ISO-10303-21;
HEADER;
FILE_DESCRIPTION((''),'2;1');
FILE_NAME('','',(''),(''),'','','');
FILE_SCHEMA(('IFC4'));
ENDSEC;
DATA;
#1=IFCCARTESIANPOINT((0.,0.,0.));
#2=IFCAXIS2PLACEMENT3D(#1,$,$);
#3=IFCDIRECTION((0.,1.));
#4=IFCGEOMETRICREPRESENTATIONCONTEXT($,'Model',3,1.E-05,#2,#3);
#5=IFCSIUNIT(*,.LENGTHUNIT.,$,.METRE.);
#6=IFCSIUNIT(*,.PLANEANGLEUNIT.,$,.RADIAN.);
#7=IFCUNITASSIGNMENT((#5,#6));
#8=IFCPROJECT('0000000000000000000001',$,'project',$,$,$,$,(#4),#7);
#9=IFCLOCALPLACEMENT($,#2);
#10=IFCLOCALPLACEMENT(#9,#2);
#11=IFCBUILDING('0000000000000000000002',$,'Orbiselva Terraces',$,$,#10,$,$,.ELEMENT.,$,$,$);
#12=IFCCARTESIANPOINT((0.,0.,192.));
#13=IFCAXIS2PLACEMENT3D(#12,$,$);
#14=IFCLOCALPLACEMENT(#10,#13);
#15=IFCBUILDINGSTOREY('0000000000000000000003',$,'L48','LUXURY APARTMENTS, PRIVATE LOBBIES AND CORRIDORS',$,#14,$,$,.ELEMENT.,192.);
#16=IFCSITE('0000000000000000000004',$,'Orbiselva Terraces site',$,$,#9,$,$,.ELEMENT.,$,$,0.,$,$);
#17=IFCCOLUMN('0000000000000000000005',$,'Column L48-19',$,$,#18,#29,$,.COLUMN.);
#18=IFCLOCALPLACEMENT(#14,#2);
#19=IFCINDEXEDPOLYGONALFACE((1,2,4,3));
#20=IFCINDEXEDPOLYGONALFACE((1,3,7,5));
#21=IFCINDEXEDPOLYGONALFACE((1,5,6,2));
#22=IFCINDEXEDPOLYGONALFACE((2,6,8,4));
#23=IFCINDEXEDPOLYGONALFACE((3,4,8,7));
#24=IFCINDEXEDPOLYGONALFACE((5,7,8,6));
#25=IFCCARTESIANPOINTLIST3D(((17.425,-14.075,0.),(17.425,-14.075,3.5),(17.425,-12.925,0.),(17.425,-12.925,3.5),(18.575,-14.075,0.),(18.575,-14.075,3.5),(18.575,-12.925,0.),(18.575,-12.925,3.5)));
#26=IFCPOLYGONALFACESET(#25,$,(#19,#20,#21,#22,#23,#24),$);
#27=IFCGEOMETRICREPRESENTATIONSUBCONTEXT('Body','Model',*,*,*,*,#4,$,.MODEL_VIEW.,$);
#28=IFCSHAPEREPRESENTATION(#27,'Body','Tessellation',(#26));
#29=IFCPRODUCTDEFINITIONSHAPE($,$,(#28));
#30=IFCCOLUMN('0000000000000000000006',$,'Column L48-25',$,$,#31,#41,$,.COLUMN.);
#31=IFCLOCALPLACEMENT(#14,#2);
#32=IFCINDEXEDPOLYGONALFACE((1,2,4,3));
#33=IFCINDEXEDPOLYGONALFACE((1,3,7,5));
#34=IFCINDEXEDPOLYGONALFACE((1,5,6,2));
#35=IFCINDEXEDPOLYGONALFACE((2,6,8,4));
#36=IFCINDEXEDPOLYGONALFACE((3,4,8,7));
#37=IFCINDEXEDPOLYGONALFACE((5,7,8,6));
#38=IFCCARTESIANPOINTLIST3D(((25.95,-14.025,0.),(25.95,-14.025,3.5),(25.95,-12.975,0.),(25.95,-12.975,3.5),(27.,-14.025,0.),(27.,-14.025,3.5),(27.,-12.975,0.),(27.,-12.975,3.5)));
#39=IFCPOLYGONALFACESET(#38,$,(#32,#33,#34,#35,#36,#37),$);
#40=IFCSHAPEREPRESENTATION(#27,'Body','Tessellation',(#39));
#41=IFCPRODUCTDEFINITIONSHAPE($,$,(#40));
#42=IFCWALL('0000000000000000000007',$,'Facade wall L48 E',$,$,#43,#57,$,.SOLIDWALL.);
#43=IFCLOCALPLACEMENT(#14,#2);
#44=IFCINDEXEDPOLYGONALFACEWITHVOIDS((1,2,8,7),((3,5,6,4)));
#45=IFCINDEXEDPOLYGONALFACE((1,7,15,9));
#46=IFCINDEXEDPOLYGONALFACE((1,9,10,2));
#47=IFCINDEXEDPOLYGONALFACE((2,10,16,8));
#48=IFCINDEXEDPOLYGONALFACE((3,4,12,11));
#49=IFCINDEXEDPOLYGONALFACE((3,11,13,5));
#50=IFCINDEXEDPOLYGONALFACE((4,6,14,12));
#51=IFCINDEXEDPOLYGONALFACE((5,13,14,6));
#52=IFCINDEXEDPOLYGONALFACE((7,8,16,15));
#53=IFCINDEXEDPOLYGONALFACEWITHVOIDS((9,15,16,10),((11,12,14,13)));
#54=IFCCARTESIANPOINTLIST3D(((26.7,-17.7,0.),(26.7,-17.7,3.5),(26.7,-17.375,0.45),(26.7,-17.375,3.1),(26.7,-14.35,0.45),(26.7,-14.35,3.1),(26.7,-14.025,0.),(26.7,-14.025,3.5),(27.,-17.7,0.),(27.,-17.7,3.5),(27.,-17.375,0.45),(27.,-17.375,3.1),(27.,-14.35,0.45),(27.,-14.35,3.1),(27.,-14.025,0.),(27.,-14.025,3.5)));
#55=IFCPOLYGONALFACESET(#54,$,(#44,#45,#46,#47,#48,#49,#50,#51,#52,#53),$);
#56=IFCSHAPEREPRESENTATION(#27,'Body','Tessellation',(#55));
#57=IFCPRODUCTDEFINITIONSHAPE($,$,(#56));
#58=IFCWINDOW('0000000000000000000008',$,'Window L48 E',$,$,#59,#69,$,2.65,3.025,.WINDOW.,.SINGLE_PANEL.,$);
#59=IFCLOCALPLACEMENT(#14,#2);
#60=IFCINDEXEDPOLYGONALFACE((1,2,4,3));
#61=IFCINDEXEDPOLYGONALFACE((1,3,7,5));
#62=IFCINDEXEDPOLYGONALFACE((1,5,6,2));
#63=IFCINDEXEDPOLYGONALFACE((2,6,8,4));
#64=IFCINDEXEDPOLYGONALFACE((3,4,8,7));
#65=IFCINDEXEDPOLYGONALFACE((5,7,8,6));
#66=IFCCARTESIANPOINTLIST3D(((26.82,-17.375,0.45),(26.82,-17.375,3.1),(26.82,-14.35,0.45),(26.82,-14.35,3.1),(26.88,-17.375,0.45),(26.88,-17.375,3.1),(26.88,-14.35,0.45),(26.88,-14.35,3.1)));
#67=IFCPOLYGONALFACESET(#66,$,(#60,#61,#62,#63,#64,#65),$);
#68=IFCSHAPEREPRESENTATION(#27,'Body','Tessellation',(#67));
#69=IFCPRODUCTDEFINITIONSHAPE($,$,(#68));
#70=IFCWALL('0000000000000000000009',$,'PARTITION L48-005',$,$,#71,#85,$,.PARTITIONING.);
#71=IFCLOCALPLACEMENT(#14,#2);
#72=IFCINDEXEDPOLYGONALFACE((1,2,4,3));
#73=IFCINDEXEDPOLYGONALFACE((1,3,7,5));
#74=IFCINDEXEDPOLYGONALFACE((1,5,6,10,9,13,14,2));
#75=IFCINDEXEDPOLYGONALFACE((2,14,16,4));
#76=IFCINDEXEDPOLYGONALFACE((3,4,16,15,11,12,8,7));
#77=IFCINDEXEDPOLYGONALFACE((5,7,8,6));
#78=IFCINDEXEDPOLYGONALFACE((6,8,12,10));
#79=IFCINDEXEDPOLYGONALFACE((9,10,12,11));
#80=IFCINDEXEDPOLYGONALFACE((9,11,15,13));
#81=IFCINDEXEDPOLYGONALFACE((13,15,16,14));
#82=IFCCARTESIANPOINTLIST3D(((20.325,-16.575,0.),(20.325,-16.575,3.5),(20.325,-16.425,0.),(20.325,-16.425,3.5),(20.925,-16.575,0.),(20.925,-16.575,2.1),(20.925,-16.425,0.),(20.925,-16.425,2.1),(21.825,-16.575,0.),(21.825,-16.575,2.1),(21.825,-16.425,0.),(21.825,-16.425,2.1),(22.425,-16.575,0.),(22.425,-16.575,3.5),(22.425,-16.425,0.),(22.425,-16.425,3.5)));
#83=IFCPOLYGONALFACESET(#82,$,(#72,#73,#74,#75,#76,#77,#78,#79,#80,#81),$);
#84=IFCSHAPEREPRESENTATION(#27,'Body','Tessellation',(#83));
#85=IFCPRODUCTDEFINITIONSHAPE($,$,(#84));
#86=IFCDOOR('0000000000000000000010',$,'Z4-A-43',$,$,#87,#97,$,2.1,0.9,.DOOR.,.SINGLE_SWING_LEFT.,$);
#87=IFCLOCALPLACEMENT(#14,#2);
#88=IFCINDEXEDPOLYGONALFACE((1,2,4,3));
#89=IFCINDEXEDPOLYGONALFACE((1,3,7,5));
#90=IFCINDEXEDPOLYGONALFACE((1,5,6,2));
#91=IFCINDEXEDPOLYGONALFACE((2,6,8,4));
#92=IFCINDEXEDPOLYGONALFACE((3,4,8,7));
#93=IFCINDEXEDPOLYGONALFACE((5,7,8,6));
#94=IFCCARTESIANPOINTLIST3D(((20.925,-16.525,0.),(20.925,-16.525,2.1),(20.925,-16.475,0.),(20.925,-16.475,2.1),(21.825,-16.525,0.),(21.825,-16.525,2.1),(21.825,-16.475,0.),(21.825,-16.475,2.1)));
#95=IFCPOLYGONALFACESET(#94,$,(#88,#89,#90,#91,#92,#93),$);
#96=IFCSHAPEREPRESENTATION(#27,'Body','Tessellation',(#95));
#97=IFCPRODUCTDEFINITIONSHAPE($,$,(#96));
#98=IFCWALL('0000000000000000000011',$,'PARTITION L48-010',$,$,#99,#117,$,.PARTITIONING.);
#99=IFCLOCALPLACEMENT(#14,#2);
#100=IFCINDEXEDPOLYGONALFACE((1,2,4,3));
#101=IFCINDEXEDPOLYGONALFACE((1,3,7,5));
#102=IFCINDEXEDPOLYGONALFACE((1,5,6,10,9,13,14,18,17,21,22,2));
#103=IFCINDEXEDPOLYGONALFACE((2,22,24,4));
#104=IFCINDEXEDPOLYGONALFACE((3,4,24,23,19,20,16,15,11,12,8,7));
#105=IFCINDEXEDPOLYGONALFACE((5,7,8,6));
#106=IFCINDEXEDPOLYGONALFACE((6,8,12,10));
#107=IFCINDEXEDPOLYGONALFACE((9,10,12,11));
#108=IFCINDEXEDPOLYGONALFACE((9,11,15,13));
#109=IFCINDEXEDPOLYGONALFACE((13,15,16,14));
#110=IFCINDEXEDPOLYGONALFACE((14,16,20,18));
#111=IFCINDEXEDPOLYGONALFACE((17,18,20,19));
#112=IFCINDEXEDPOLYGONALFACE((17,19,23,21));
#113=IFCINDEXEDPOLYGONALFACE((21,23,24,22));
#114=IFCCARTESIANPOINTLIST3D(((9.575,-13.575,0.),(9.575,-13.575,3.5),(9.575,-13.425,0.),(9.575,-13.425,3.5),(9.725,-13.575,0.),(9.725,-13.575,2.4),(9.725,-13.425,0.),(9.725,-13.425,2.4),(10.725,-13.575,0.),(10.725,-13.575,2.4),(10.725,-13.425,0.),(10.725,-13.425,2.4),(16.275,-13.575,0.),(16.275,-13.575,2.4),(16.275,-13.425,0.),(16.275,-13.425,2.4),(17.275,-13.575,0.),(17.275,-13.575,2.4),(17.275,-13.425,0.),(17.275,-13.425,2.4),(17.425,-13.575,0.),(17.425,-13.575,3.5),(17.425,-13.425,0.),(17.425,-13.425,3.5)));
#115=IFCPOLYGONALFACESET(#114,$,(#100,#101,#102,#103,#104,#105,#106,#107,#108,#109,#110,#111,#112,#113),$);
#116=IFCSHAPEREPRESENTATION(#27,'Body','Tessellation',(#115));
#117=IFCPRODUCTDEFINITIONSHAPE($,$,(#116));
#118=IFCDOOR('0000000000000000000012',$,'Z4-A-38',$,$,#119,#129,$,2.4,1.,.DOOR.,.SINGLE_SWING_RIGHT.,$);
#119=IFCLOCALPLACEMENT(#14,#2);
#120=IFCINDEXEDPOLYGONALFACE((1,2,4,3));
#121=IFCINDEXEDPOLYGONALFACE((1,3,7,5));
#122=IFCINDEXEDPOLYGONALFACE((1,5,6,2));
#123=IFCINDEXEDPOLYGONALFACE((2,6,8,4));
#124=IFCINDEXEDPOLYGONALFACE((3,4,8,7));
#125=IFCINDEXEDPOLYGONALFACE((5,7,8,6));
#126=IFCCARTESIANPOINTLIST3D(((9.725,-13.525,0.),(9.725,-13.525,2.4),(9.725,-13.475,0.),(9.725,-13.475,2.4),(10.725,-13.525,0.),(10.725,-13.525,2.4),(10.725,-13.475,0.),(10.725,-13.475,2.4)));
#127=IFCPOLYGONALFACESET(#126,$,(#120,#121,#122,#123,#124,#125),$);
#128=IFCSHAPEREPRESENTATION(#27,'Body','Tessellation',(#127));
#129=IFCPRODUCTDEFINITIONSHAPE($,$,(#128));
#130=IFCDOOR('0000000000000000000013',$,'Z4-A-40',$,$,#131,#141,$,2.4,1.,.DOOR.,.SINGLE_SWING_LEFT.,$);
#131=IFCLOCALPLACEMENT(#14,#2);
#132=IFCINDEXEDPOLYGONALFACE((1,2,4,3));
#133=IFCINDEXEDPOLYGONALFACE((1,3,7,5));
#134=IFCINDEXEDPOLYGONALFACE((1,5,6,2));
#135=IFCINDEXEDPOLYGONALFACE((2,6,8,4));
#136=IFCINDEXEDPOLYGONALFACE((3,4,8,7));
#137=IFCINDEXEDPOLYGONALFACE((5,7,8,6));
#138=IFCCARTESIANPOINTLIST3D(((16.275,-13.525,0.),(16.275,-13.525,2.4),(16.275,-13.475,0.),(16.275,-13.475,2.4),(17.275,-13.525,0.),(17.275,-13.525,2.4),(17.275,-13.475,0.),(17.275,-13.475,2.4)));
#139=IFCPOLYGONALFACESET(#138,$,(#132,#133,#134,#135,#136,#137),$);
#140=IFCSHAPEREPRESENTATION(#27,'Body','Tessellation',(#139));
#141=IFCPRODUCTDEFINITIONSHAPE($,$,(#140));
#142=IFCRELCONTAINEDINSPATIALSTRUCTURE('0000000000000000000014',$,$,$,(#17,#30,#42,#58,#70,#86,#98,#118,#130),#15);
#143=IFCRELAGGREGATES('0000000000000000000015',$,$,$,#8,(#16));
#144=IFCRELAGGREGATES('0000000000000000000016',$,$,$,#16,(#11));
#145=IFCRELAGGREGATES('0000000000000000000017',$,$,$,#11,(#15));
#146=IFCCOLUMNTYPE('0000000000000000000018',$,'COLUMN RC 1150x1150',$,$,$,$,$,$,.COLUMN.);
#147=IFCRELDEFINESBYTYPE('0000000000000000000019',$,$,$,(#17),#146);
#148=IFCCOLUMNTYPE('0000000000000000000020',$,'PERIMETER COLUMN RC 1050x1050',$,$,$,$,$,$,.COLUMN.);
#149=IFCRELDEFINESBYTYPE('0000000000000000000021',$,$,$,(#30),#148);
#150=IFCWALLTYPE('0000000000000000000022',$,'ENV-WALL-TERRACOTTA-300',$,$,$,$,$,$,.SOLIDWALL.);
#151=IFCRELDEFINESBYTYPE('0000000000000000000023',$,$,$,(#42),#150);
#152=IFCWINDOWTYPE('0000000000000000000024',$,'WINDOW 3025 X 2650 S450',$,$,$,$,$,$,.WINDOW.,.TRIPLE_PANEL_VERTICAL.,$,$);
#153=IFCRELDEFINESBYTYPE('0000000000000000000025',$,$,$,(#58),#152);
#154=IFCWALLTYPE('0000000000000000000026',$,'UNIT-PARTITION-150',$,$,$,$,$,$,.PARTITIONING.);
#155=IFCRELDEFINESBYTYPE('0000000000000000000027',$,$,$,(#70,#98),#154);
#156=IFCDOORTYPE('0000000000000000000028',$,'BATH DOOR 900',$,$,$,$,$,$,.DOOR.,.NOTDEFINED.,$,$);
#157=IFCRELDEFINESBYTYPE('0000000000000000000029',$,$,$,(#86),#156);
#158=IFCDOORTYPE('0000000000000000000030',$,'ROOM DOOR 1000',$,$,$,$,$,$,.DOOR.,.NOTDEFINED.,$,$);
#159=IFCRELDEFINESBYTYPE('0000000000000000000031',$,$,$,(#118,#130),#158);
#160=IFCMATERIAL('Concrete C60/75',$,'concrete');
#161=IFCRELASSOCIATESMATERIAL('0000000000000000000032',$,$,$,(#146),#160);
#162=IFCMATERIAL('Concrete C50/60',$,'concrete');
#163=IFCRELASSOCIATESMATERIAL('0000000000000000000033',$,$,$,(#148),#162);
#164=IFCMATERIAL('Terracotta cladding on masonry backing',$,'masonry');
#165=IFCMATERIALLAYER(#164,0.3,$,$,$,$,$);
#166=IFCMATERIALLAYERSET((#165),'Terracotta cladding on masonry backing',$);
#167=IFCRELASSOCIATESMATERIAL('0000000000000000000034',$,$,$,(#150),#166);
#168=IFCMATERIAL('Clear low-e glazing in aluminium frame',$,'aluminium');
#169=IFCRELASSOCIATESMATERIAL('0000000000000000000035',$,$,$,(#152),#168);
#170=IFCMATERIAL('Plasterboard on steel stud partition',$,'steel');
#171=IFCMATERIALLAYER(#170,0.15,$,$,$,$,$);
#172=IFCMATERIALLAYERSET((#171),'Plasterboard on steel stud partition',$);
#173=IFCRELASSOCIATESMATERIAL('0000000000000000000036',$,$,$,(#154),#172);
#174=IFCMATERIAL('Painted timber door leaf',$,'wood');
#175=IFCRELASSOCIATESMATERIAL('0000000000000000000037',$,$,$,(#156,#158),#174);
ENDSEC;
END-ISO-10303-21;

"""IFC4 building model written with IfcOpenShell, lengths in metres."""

from ifc_helpers import new_model, si_unit, direction, frame, frame_2d, origin, origin_2d, place, context, subcontext, project, spatial, rectangle, extrude, material, layer, layer_set, material_profile, profile_set, type_object, element, fill, save


model = new_model("IFC4")

# Units and contexts
model_context = context("Model", 3, precision=1e-05, world=origin(), true_north=direction((0.0, 1.0)))
body_context = subcontext(model_context, "Body", "Model", "MODEL_VIEW")
ifc_project = project(units=[si_unit("LENGTHUNIT", "METRE"), si_unit("PLANEANGLEUNIT", "RADIAN")], contexts=[model_context])

# Site, building, storey
site_placement = place(None, origin())
site = spatial("IfcSite", under=ifc_project, at=site_placement, Name="Orbiselva Terraces site", CompositionType="ELEMENT", RefElevation=0.0)
building_placement = place(site_placement, origin())
building = spatial("IfcBuilding", under=site, at=building_placement, Name="Orbiselva Terraces", CompositionType="ELEMENT")
storey_placement = place(building_placement, frame((0.0, 0.0, 192.0)))
storey = spatial("IfcBuildingStorey", under=building, at=storey_placement, Name="L48", Description="LUXURY APARTMENTS, PRIVATE LOBBIES AND CORRIDORS", CompositionType="ELEMENT", Elevation=192.0)

# Columns
ifc_material_1 = material(Name="Concrete C60/75", Category="concrete")
ifc_material_profile_1 = material_profile(ifc_material_1, rectangle(XDim=1.15, YDim=1.15, at=origin_2d()), Name="RC 1150x1150")
ifc_profile_set_1 = profile_set([ifc_material_profile_1], Name="Concrete C60/75")
column_type_1 = type_object("IfcColumnType", Name="COLUMN RC 1150x1150", PredefinedType="COLUMN", material=ifc_profile_set_1)
column_1_placement = place(storey_placement, frame((18.0, -13.5, 0.0), z_axis=(0.0, 0.0, 1.0), x_axis=(1.0, 0.0, 0.0)))
element("IfcColumn", 1, at=column_1_placement, inside=storey, type_object=column_type_1, Name="Column L48-19", PredefinedType="COLUMN", context=body_context, shape_type="SweptSolid", body=[
    extrude(rectangle(XDim=1.15, YDim=1.15, at=origin_2d()), origin(), (0.0, 0.0, 1.0), 3.5),
])
ifc_material_2 = material(Name="Concrete C50/60", Category="concrete")
ifc_material_profile_2 = material_profile(ifc_material_2, rectangle(XDim=1.05, YDim=1.05, at=origin_2d()), Name="RC 1050x1050")
ifc_profile_set_2 = profile_set([ifc_material_profile_2], Name="Concrete C50/60")
column_type_2 = type_object("IfcColumnType", Name="PERIMETER COLUMN RC 1050x1050", PredefinedType="COLUMN", material=ifc_profile_set_2)
column_2_placement = place(storey_placement, frame((26.475, -13.5, 0.0), z_axis=(0.0, 0.0, 1.0), x_axis=(1.0, 0.0, 0.0)))
element("IfcColumn", 2, at=column_2_placement, inside=storey, type_object=column_type_2, Name="Column L48-25", PredefinedType="COLUMN", context=body_context, shape_type="SweptSolid", body=[
    extrude(rectangle(XDim=1.05, YDim=1.05, at=origin_2d()), origin(), (0.0, 0.0, 1.0), 3.5),
])

# Wall, opening, window
ifc_material_3 = material(Name="Terracotta cladding on masonry backing", Category="masonry")
ifc_layer_1 = layer(ifc_material_3, 0.3)
ifc_layer_set_1 = layer_set([ifc_layer_1], Name="Terracotta cladding on masonry backing")
wall_type_1 = type_object("IfcWallType", Name="ENV-WALL-TERRACOTTA-300", PredefinedType="SOLIDWALL", material=ifc_layer_set_1)
wall_1_placement = place(storey_placement, frame((26.85, -14.025, 0.0), z_axis=(0.0, 0.0, 1.0), x_axis=(0.0, -1.0, 0.0)))
wall_1 = element("IfcWall", 3, at=wall_1_placement, inside=storey, type_object=wall_type_1, Name="Facade wall L48 E", PredefinedType="SOLIDWALL", context=body_context, shape_type="SweptSolid", body=[
    extrude(rectangle(XDim=3.675, YDim=0.3, at=frame_2d((1.8375, 0.0))), origin(), (0.0, 0.0, 1.0), 3.5),
])
opening_1_placement = place(wall_1_placement, frame((0.325, 0.0, 0.45)))
opening_1 = element("IfcOpeningElement", 4, at=opening_1_placement, cuts=wall_1, PredefinedType="OPENING", context=body_context, shape_type="SweptSolid", body=[
    extrude(rectangle(XDim=3.025, YDim=2.65, at=frame_2d((1.5125, 1.325))), frame((0.0, 0.16, 0.0), z_axis=(0.0, -1.0, 0.0), x_axis=(1.0, 0.0, 0.0)), (0.0, 0.0, 1.0), 0.32),
])
ifc_material_4 = material(Name="Clear low-e glazing in aluminium frame", Category="aluminium")
window_type = type_object("IfcWindowType", Name="WINDOW 3025 X 2650 S450", PartitioningType="TRIPLE_PANEL_VERTICAL", PredefinedType="WINDOW", material=ifc_material_4)
window_placement = place(opening_1_placement, origin())
window = element("IfcWindow", 5, at=window_placement, inside=storey, type_object=window_type, Name="Window L48 E", OverallHeight=2.65, OverallWidth=3.025, PartitioningType="SINGLE_PANEL", PredefinedType="WINDOW", context=body_context, shape_type="SweptSolid", body=[
    extrude(rectangle(XDim=3.025, YDim=2.65, at=frame_2d((1.5125, 1.325))), frame((0.0, 0.03, 0.0), z_axis=(0.0, -1.0, 0.0), x_axis=(1.0, 0.0, 0.0)), (0.0, 0.0, 1.0), 0.06),
])
fill(opening_1, window)

# Wall, opening, door
ifc_material_5 = material(Name="Plasterboard on steel stud partition", Category="steel")
ifc_layer_2 = layer(ifc_material_5, 0.15)
ifc_layer_set_2 = layer_set([ifc_layer_2], Name="Plasterboard on steel stud partition")
wall_type_2 = type_object("IfcWallType", Name="UNIT-PARTITION-150", PredefinedType="PARTITIONING", material=ifc_layer_set_2)
wall_2_placement = place(storey_placement, frame((20.325, -16.5, 0.0), z_axis=(0.0, 0.0, 1.0), x_axis=(1.0, 0.0, 0.0)))
wall_2 = element("IfcWall", 6, at=wall_2_placement, inside=storey, type_object=wall_type_2, Name="PARTITION L48-005", PredefinedType="PARTITIONING", context=body_context, shape_type="SweptSolid", body=[
    extrude(rectangle(XDim=2.1, YDim=0.15, at=frame_2d((1.05, 0.0))), origin(), (0.0, 0.0, 1.0), 3.5),
])
opening_2_placement = place(wall_2_placement, frame((0.6, 0.0, 0.0)))
opening_2 = element("IfcOpeningElement", 7, at=opening_2_placement, cuts=wall_2, PredefinedType="OPENING", context=body_context, shape_type="SweptSolid", body=[
    extrude(rectangle(XDim=0.9, YDim=2.1, at=frame_2d((0.45, 1.05))), frame((0.0, 0.085, 0.0), z_axis=(0.0, -1.0, 0.0), x_axis=(1.0, 0.0, 0.0)), (0.0, 0.0, 1.0), 0.17),
])
ifc_material_6 = material(Name="Painted timber door leaf", Category="wood")
door_type_1 = type_object("IfcDoorType", Name="BATH DOOR 900", OperationType="NOTDEFINED", PredefinedType="DOOR", material=ifc_material_6)
door_1_placement = place(opening_2_placement, origin())
door_1 = element("IfcDoor", 8, at=door_1_placement, inside=storey, type_object=door_type_1, Name="Z4-A-43", OperationType="SINGLE_SWING_LEFT", OverallHeight=2.1, OverallWidth=0.9, PredefinedType="DOOR", context=body_context, shape_type="SweptSolid", body=[
    extrude(rectangle(XDim=0.9, YDim=2.1, at=frame_2d((0.45, 1.05))), frame((0.0, 0.025, 0.0), z_axis=(0.0, -1.0, 0.0), x_axis=(1.0, 0.0, 0.0)), (0.0, 0.0, 1.0), 0.05),
])
fill(opening_2, door_1)

# Wall, openings, doors
wall_3_placement = place(storey_placement, frame((17.425, -13.5, 0.0), z_axis=(0.0, 0.0, 1.0), x_axis=(-1.0, 0.0, 0.0)))
wall_3 = element("IfcWall", 9, at=wall_3_placement, inside=storey, type_object=wall_type_2, Name="PARTITION L48-010", PredefinedType="PARTITIONING", context=body_context, shape_type="SweptSolid", body=[
    extrude(rectangle(XDim=7.85, YDim=0.15, at=frame_2d((3.925, 0.0))), origin(), (0.0, 0.0, 1.0), 3.5),
])
opening_3_placement = place(wall_3_placement, frame((6.7, 0.0, 0.0)))
opening_3 = element("IfcOpeningElement", 10, at=opening_3_placement, cuts=wall_3, PredefinedType="OPENING", context=body_context, shape_type="SweptSolid", body=[
    extrude(rectangle(XDim=1.0, YDim=2.4, at=frame_2d((0.5, 1.2))), frame((0.0, 0.085, 0.0), z_axis=(0.0, -1.0, 0.0), x_axis=(1.0, 0.0, 0.0)), (0.0, 0.0, 1.0), 0.17),
])
opening_4_placement = place(wall_3_placement, frame((0.15, 0.0, 0.0)))
opening_4 = element("IfcOpeningElement", 11, at=opening_4_placement, cuts=wall_3, PredefinedType="OPENING", context=body_context, shape_type="SweptSolid", body=[
    extrude(rectangle(XDim=1.0, YDim=2.4, at=frame_2d((0.5, 1.2))), frame((0.0, 0.085, 0.0), z_axis=(0.0, -1.0, 0.0), x_axis=(1.0, 0.0, 0.0)), (0.0, 0.0, 1.0), 0.17),
])
door_type_2 = type_object("IfcDoorType", Name="ROOM DOOR 1000", OperationType="NOTDEFINED", PredefinedType="DOOR", material=ifc_material_6)
door_2_placement = place(opening_3_placement, origin())
door_2 = element("IfcDoor", 12, at=door_2_placement, inside=storey, type_object=door_type_2, Name="Z4-A-38", OperationType="SINGLE_SWING_RIGHT", OverallHeight=2.4, OverallWidth=1.0, PredefinedType="DOOR", context=body_context, shape_type="SweptSolid", body=[
    extrude(rectangle(XDim=1.0, YDim=2.4, at=frame_2d((0.5, 1.2))), frame((0.0, 0.025, 0.0), z_axis=(0.0, -1.0, 0.0), x_axis=(1.0, 0.0, 0.0)), (0.0, 0.0, 1.0), 0.05),
])
fill(opening_3, door_2)
door_3_placement = place(opening_4_placement, origin())
door_3 = element("IfcDoor", 13, at=door_3_placement, inside=storey, type_object=door_type_2, Name="Z4-A-40", OperationType="SINGLE_SWING_LEFT", OverallHeight=2.4, OverallWidth=1.0, PredefinedType="DOOR", context=body_context, shape_type="SweptSolid", body=[
    extrude(rectangle(XDim=1.0, YDim=2.4, at=frame_2d((0.5, 1.2))), frame((0.0, 0.025, 0.0), z_axis=(0.0, -1.0, 0.0), x_axis=(1.0, 0.0, 0.0)), (0.0, 0.0, 1.0), 0.05),
])
fill(opening_4, door_3)

save(model, "model.ifc")
